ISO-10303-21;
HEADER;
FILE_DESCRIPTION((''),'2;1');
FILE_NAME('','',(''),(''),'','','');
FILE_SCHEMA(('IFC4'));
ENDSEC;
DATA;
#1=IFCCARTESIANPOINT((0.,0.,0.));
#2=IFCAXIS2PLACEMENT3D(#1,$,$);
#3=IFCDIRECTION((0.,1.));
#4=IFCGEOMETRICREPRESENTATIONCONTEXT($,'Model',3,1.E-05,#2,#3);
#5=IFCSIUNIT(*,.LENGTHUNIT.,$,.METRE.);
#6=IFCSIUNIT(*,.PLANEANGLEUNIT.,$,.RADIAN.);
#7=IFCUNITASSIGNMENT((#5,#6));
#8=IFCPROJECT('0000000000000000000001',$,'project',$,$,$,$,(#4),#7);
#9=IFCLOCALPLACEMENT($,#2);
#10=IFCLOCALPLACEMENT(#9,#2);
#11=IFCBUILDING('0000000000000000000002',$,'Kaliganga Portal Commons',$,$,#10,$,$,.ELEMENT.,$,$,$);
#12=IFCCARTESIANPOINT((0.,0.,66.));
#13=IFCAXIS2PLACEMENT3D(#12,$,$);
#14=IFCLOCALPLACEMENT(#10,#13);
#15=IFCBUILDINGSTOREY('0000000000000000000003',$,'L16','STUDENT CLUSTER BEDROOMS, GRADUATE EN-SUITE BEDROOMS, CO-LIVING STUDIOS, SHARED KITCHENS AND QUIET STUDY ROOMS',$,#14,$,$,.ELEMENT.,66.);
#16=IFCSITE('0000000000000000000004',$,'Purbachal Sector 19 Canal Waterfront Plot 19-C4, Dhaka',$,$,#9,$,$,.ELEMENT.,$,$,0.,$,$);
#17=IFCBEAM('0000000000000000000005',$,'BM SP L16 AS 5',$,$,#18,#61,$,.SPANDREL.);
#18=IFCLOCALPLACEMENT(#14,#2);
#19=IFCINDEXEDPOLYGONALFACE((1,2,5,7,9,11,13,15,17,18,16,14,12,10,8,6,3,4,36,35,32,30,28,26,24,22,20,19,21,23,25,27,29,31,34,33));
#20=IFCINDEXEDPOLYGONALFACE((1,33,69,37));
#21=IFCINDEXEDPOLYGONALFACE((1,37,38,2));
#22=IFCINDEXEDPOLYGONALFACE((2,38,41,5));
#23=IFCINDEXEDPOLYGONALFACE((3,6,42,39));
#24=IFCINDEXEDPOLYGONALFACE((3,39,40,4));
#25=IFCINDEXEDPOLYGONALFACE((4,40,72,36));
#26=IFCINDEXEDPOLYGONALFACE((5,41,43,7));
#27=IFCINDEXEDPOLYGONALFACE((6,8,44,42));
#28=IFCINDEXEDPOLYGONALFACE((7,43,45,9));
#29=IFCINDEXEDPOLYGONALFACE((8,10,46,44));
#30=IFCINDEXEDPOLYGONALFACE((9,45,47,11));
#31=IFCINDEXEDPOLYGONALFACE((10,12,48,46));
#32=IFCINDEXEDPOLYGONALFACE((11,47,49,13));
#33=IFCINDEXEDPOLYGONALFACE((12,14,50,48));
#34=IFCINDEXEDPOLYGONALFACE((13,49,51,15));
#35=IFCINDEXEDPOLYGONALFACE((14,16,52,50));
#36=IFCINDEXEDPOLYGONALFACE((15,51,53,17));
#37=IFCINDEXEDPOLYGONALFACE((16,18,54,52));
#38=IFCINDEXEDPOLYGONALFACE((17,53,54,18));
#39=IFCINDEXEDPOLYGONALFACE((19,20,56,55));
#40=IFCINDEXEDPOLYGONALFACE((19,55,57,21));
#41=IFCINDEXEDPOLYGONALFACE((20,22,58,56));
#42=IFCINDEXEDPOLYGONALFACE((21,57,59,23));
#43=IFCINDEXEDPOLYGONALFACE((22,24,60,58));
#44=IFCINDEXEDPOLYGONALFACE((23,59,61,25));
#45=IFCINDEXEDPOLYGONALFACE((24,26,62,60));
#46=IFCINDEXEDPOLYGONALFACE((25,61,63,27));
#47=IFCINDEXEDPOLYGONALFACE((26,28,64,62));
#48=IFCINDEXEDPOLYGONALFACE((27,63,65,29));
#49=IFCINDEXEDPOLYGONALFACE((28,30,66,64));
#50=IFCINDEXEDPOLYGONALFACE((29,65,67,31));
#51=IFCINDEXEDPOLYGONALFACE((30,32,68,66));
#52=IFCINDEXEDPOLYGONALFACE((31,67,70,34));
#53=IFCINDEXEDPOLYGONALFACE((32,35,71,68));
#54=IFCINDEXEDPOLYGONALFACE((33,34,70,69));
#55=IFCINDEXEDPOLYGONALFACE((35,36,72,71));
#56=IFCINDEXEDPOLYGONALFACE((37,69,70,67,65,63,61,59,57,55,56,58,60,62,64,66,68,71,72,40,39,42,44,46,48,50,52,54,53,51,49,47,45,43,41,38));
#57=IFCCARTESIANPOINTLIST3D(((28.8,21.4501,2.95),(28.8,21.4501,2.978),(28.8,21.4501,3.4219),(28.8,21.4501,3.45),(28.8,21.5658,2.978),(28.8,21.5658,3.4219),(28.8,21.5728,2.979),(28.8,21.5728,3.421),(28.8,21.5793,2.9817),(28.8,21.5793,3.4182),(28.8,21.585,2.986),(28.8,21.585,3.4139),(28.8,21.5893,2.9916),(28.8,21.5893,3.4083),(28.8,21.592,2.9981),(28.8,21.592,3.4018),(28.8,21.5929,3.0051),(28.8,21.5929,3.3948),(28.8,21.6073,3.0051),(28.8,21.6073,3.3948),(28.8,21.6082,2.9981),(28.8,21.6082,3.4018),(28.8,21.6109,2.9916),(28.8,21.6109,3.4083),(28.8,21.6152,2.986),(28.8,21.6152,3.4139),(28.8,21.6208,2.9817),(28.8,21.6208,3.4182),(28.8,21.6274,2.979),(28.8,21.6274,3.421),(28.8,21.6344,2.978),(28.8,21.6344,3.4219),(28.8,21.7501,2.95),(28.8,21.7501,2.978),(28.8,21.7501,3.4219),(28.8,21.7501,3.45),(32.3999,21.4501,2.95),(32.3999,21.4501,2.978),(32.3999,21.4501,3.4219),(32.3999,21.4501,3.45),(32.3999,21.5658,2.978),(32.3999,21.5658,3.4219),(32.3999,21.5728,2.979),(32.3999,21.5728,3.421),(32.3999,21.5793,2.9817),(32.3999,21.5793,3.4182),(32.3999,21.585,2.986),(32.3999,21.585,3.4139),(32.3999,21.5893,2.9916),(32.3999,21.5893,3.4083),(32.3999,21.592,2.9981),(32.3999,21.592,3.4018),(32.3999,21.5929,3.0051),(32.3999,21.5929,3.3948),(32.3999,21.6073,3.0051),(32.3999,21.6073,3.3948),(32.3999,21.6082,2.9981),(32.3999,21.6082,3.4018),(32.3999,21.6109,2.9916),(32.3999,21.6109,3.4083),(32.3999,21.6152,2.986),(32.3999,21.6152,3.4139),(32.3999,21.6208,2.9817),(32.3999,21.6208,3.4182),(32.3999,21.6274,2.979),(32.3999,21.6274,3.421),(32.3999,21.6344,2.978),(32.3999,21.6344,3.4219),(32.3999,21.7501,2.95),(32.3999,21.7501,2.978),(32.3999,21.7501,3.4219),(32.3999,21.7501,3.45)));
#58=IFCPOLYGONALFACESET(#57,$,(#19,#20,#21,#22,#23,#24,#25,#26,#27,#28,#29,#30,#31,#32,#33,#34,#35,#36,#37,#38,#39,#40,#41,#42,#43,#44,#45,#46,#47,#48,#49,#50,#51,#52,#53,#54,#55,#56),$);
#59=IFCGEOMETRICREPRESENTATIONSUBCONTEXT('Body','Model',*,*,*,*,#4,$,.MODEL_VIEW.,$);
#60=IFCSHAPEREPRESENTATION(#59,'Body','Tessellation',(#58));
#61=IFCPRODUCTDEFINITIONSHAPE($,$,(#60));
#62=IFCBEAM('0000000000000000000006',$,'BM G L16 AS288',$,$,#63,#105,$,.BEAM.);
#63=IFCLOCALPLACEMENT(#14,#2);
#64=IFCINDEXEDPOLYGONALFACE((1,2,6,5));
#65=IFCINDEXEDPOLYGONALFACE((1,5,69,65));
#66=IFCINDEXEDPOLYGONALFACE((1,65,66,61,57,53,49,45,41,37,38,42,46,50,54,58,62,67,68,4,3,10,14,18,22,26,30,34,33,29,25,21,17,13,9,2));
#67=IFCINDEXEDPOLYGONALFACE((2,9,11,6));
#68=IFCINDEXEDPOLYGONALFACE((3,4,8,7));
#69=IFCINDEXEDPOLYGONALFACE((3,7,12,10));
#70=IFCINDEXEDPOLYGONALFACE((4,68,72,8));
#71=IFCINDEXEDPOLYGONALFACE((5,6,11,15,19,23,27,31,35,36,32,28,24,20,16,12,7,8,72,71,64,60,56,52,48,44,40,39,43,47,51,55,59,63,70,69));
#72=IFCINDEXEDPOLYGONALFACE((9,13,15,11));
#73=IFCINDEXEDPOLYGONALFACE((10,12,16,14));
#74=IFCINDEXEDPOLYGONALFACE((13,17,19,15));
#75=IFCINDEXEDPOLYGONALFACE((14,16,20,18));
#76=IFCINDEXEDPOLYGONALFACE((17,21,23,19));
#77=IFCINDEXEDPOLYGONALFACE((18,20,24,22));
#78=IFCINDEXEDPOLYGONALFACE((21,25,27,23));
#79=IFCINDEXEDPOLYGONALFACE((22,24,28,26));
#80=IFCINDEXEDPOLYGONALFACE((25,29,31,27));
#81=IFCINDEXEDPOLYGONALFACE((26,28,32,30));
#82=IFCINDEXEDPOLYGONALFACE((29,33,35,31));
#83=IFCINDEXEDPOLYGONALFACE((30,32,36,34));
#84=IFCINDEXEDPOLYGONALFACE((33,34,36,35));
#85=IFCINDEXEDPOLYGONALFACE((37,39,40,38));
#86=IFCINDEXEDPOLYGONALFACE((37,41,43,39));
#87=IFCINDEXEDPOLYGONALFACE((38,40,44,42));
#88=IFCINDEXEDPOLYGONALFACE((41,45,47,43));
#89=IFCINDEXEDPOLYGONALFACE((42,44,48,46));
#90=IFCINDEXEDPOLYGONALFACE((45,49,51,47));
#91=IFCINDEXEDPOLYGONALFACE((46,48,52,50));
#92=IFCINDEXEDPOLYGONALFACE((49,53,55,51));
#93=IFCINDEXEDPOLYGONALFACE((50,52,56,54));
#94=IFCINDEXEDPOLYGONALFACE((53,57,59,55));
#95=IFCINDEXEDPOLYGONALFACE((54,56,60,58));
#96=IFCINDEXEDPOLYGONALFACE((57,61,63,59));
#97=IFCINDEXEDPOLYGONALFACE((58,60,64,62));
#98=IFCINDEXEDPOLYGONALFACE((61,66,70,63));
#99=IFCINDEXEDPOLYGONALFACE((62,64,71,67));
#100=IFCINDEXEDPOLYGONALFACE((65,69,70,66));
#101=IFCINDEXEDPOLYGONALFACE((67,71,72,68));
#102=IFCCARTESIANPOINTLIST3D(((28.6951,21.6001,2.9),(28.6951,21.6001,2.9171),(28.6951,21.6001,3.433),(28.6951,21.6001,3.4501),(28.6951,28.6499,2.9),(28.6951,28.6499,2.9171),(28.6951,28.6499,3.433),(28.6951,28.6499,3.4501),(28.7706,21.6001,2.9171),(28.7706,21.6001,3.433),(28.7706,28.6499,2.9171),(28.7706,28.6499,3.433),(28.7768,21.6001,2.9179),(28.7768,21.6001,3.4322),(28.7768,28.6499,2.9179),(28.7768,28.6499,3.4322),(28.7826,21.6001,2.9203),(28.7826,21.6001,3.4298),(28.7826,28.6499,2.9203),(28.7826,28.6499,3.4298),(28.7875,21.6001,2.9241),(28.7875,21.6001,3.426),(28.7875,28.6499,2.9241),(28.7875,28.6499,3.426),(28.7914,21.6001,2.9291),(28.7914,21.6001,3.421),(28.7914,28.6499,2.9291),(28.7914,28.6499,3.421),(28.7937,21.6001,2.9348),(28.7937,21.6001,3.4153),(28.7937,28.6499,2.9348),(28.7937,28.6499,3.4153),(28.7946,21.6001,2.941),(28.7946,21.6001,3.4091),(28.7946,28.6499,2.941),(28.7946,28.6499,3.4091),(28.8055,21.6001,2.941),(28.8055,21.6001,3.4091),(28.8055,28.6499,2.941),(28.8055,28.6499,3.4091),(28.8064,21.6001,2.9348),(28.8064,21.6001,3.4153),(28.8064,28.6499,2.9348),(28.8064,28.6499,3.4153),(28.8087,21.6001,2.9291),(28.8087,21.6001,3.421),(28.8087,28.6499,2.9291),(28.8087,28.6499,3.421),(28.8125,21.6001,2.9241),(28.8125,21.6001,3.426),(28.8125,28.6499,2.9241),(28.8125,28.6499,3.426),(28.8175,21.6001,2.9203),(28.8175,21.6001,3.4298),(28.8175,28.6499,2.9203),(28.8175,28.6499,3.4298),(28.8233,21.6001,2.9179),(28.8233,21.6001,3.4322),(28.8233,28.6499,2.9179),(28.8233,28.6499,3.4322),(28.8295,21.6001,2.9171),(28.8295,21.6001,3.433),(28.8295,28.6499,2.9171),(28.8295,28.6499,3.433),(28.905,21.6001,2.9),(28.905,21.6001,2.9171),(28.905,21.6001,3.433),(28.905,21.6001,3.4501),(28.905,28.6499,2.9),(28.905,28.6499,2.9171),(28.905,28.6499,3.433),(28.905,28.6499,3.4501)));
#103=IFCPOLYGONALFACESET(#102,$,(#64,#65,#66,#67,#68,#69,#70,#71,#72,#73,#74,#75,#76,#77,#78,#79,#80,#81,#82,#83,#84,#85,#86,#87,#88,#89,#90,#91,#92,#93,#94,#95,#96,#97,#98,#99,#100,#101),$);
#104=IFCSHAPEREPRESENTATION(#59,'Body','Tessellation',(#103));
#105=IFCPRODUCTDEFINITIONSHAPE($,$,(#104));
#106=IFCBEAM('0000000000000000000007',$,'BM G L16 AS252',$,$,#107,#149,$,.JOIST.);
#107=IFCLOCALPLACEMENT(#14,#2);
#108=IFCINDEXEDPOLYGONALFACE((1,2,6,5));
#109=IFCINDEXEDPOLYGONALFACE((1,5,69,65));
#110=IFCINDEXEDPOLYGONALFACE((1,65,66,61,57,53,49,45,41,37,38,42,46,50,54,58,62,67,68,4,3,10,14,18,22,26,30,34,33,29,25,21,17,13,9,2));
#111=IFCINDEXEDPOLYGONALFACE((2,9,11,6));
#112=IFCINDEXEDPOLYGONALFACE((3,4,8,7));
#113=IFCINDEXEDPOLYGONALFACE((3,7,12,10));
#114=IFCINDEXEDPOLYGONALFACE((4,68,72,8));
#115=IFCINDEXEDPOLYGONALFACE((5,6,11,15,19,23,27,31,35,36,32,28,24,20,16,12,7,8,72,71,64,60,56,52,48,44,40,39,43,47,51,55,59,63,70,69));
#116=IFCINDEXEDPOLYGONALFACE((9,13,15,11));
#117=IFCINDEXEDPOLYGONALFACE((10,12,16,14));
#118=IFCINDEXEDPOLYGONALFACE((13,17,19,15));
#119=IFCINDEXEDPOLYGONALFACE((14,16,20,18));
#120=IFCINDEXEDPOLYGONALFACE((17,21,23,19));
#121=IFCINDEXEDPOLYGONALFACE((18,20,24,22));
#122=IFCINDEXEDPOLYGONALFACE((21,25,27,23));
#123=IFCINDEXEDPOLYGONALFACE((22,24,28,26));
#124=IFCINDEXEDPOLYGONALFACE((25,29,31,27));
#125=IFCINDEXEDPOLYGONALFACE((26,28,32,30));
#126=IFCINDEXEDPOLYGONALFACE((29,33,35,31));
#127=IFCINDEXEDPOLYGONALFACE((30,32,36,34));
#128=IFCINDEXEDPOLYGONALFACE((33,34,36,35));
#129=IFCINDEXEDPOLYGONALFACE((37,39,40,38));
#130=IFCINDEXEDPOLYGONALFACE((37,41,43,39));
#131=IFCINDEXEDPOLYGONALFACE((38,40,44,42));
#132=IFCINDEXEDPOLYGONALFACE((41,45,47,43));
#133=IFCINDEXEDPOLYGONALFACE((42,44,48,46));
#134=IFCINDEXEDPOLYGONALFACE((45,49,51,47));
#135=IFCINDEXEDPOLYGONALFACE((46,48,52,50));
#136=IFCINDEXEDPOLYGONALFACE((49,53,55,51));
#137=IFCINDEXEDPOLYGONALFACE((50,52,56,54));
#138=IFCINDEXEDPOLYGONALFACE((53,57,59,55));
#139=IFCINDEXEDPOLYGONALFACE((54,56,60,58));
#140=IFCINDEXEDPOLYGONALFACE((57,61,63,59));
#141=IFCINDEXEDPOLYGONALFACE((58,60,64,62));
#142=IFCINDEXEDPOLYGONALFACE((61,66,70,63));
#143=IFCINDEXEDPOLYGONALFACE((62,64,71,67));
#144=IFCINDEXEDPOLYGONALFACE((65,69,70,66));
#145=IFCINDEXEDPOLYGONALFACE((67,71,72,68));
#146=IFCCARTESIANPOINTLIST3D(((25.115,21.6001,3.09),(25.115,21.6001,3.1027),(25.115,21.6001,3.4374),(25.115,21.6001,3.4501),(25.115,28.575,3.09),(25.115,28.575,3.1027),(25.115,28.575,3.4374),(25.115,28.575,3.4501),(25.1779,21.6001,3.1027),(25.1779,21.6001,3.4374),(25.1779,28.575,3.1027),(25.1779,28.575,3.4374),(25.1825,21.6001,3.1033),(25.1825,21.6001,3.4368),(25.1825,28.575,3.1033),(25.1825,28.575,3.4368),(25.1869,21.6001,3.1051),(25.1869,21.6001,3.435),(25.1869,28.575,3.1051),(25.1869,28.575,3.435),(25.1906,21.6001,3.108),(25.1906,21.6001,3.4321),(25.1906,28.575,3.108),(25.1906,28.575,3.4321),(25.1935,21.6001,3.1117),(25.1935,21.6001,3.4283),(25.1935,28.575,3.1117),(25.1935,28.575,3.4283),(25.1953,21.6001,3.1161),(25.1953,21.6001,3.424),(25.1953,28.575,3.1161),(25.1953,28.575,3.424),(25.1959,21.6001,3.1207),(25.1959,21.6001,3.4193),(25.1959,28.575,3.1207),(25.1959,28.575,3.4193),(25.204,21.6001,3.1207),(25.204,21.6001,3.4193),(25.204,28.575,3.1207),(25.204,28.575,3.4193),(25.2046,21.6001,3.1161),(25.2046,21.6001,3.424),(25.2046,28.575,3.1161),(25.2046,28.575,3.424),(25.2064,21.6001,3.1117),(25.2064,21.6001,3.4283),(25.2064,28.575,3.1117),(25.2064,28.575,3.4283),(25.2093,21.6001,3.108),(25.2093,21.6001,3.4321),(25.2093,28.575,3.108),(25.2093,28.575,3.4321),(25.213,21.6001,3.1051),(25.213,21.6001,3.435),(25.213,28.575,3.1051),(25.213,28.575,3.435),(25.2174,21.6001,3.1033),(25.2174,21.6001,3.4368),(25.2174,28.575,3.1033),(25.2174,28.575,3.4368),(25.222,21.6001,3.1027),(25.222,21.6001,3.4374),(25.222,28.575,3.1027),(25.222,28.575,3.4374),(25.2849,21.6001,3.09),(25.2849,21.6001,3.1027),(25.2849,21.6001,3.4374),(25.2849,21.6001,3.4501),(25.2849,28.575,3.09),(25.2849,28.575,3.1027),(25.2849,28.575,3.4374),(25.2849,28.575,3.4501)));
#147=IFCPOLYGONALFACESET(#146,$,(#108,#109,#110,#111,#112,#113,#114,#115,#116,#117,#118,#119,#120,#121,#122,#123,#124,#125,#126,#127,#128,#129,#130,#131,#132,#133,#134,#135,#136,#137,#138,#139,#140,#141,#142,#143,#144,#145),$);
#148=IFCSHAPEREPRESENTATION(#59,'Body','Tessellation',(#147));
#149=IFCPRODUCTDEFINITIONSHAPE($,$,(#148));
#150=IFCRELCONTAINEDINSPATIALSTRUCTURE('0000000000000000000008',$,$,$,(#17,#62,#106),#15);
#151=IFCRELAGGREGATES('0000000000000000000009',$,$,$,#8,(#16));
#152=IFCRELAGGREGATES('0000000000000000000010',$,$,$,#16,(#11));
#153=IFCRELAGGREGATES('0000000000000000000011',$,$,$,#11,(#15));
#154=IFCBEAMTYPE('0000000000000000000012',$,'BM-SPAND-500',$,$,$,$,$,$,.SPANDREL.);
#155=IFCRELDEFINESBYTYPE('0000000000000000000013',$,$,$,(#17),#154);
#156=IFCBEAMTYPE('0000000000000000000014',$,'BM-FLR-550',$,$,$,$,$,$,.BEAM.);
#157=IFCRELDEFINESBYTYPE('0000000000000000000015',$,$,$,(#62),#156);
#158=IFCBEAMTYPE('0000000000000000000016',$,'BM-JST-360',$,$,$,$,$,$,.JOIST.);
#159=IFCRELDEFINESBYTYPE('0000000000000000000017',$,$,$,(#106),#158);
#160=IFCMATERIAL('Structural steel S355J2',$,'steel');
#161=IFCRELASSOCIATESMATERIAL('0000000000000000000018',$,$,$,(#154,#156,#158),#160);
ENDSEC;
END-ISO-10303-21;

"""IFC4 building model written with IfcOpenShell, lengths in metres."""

from ifc_helpers import new_model, si_unit, direction, frame, origin, origin_2d, place, context, subcontext, project, spatial, i_section, extrude, source, transform, mapped, material, material_profile, profile_set, type_object, element, save


model = new_model("IFC4")

# Units and contexts
model_context = context("Model", 3, precision=1e-05, world=origin(), true_north=direction((0.0, 1.0)))
body_context = subcontext(model_context, "Body", "Model", "MODEL_VIEW")
ifc_project = project(units=[si_unit("LENGTHUNIT", "METRE"), si_unit("PLANEANGLEUNIT", "RADIAN")], contexts=[model_context])

# Site, building, storey
site_placement = place(None, origin())
site = spatial("IfcSite", under=ifc_project, at=site_placement, Name="Purbachal Sector 19 Canal Waterfront Plot 19-C4, Dhaka", CompositionType="ELEMENT", RefElevation=0.0)
building_placement = place(site_placement, origin())
building = spatial("IfcBuilding", under=site, at=building_placement, Name="Kaliganga Portal Commons", CompositionType="ELEMENT")
storey_placement = place(building_placement, frame((0.0, 0.0, 66.0)))
storey = spatial("IfcBuildingStorey", under=building, at=storey_placement, Name="L16", Description="STUDENT CLUSTER BEDROOMS, GRADUATE EN-SUITE BEDROOMS, CO-LIVING STUDIOS, SHARED KITCHENS AND QUIET STUDY ROOMS", CompositionType="ELEMENT", Elevation=66.0)

# Beams
ifc_material_1 = material(Name="Structural steel S355J2", Category="steel")
ifc_material_profile_1 = material_profile(ifc_material_1, i_section(OverallWidth=0.3, OverallDepth=0.5, WebThickness=0.0144, FlangeThickness=0.0281, FilletRadius=0.0271, at=origin_2d()), Name="HE 500 B")
ifc_profile_set_1 = profile_set([ifc_material_profile_1], Name="Structural steel S355J2 wide-flange")
beam_type_1 = type_object("IfcBeamType", Name="BM-SPAND-500", PredefinedType="SPANDREL", material=ifc_profile_set_1)
shared_shape_1 = source(origin(), body_context, "Body", "SweptSolid", [
    extrude(i_section(OverallWidth=0.3, OverallDepth=0.5, WebThickness=0.0144, FlangeThickness=0.0281, FilletRadius=0.0271, at=origin_2d()), origin(), (0.0, 0.0, 1.0), 3.5999),
])
for number, where, z_axis, x_axis, name in (
    (1, (28.8, 21.6001, 3.2), (1.0, 0.0, 0.0), (0.0, 1.0, 0.0), "BM SP L16 AS 5"),
):
    element("IfcBeam", number, at=place(storey_placement, frame(where, z_axis=z_axis, x_axis=x_axis)), inside=storey, type_object=beam_type_1, Name=name, PredefinedType="SPANDREL", context=body_context, shape_type="MappedRepresentation", body=[
        mapped(shared_shape_1, transform((0.0, 0.0, 0.0), x_axis=(1.0, 0.0, 0.0), y_axis=(0.0, 1.0, 0.0), z_axis=(0.0, 0.0, 1.0), scale=1.0)),
    ])
ifc_material_profile_2 = material_profile(ifc_material_1, i_section(OverallWidth=0.21, OverallDepth=0.55, WebThickness=0.011, FlangeThickness=0.0171, FilletRadius=0.0239, at=origin_2d()), Name="IPE 550")
ifc_profile_set_2 = profile_set([ifc_material_profile_2], Name="Structural steel S355J2 wide-flange")
beam_type_2 = type_object("IfcBeamType", Name="BM-FLR-550", PredefinedType="BEAM", material=ifc_profile_set_2)
shared_shape_2 = source(origin(), body_context, "Body", "SweptSolid", [
    extrude(i_section(OverallWidth=0.21, OverallDepth=0.55, WebThickness=0.011, FlangeThickness=0.0171, FilletRadius=0.0239, at=origin_2d()), origin(), (0.0, 0.0, 1.0), 7.0498),
])
beam_1_placement = place(storey_placement, frame((28.8, 21.6001, 3.175), z_axis=(0.0, 1.0, 0.0), x_axis=(-1.0, 0.0, 0.0)))
element("IfcBeam", 2, at=beam_1_placement, inside=storey, type_object=beam_type_2, Name="BM G L16 AS288", PredefinedType="BEAM", context=body_context, shape_type="MappedRepresentation", body=[
    mapped(shared_shape_2, transform((0.0, 0.0, 0.0), x_axis=(1.0, 0.0, 0.0), y_axis=(0.0, 1.0, 0.0), z_axis=(0.0, 0.0, 1.0), scale=1.0)),
])
ifc_material_profile_3 = material_profile(ifc_material_1, i_section(OverallWidth=0.1699, OverallDepth=0.3601, WebThickness=0.0081, FlangeThickness=0.0127, FilletRadius=0.0181, at=origin_2d()), Name="IPE 360")
ifc_profile_set_3 = profile_set([ifc_material_profile_3], Name="Structural steel S355J2 wide-flange")
beam_type_3 = type_object("IfcBeamType", Name="BM-JST-360", PredefinedType="JOIST", material=ifc_profile_set_3)
shared_shape_3 = source(origin(), body_context, "Body", "SweptSolid", [
    extrude(i_section(OverallWidth=0.1699, OverallDepth=0.3601, WebThickness=0.0081, FlangeThickness=0.0127, FilletRadius=0.0181, at=origin_2d()), origin(), (0.0, 0.0, 1.0), 6.9749),
])
beam_2_placement = place(storey_placement, frame((25.2, 21.6001, 3.27), z_axis=(0.0, 1.0, 0.0), x_axis=(-1.0, 0.0, 0.0)))
element("IfcBeam", 3, at=beam_2_placement, inside=storey, type_object=beam_type_3, Name="BM G L16 AS252", PredefinedType="JOIST", context=body_context, shape_type="MappedRepresentation", body=[
    mapped(shared_shape_3, transform((0.0, 0.0, 0.0), x_axis=(1.0, 0.0, 0.0), y_axis=(0.0, 1.0, 0.0), z_axis=(0.0, 0.0, 1.0), scale=1.0)),
])

save(model, "model.ifc")
